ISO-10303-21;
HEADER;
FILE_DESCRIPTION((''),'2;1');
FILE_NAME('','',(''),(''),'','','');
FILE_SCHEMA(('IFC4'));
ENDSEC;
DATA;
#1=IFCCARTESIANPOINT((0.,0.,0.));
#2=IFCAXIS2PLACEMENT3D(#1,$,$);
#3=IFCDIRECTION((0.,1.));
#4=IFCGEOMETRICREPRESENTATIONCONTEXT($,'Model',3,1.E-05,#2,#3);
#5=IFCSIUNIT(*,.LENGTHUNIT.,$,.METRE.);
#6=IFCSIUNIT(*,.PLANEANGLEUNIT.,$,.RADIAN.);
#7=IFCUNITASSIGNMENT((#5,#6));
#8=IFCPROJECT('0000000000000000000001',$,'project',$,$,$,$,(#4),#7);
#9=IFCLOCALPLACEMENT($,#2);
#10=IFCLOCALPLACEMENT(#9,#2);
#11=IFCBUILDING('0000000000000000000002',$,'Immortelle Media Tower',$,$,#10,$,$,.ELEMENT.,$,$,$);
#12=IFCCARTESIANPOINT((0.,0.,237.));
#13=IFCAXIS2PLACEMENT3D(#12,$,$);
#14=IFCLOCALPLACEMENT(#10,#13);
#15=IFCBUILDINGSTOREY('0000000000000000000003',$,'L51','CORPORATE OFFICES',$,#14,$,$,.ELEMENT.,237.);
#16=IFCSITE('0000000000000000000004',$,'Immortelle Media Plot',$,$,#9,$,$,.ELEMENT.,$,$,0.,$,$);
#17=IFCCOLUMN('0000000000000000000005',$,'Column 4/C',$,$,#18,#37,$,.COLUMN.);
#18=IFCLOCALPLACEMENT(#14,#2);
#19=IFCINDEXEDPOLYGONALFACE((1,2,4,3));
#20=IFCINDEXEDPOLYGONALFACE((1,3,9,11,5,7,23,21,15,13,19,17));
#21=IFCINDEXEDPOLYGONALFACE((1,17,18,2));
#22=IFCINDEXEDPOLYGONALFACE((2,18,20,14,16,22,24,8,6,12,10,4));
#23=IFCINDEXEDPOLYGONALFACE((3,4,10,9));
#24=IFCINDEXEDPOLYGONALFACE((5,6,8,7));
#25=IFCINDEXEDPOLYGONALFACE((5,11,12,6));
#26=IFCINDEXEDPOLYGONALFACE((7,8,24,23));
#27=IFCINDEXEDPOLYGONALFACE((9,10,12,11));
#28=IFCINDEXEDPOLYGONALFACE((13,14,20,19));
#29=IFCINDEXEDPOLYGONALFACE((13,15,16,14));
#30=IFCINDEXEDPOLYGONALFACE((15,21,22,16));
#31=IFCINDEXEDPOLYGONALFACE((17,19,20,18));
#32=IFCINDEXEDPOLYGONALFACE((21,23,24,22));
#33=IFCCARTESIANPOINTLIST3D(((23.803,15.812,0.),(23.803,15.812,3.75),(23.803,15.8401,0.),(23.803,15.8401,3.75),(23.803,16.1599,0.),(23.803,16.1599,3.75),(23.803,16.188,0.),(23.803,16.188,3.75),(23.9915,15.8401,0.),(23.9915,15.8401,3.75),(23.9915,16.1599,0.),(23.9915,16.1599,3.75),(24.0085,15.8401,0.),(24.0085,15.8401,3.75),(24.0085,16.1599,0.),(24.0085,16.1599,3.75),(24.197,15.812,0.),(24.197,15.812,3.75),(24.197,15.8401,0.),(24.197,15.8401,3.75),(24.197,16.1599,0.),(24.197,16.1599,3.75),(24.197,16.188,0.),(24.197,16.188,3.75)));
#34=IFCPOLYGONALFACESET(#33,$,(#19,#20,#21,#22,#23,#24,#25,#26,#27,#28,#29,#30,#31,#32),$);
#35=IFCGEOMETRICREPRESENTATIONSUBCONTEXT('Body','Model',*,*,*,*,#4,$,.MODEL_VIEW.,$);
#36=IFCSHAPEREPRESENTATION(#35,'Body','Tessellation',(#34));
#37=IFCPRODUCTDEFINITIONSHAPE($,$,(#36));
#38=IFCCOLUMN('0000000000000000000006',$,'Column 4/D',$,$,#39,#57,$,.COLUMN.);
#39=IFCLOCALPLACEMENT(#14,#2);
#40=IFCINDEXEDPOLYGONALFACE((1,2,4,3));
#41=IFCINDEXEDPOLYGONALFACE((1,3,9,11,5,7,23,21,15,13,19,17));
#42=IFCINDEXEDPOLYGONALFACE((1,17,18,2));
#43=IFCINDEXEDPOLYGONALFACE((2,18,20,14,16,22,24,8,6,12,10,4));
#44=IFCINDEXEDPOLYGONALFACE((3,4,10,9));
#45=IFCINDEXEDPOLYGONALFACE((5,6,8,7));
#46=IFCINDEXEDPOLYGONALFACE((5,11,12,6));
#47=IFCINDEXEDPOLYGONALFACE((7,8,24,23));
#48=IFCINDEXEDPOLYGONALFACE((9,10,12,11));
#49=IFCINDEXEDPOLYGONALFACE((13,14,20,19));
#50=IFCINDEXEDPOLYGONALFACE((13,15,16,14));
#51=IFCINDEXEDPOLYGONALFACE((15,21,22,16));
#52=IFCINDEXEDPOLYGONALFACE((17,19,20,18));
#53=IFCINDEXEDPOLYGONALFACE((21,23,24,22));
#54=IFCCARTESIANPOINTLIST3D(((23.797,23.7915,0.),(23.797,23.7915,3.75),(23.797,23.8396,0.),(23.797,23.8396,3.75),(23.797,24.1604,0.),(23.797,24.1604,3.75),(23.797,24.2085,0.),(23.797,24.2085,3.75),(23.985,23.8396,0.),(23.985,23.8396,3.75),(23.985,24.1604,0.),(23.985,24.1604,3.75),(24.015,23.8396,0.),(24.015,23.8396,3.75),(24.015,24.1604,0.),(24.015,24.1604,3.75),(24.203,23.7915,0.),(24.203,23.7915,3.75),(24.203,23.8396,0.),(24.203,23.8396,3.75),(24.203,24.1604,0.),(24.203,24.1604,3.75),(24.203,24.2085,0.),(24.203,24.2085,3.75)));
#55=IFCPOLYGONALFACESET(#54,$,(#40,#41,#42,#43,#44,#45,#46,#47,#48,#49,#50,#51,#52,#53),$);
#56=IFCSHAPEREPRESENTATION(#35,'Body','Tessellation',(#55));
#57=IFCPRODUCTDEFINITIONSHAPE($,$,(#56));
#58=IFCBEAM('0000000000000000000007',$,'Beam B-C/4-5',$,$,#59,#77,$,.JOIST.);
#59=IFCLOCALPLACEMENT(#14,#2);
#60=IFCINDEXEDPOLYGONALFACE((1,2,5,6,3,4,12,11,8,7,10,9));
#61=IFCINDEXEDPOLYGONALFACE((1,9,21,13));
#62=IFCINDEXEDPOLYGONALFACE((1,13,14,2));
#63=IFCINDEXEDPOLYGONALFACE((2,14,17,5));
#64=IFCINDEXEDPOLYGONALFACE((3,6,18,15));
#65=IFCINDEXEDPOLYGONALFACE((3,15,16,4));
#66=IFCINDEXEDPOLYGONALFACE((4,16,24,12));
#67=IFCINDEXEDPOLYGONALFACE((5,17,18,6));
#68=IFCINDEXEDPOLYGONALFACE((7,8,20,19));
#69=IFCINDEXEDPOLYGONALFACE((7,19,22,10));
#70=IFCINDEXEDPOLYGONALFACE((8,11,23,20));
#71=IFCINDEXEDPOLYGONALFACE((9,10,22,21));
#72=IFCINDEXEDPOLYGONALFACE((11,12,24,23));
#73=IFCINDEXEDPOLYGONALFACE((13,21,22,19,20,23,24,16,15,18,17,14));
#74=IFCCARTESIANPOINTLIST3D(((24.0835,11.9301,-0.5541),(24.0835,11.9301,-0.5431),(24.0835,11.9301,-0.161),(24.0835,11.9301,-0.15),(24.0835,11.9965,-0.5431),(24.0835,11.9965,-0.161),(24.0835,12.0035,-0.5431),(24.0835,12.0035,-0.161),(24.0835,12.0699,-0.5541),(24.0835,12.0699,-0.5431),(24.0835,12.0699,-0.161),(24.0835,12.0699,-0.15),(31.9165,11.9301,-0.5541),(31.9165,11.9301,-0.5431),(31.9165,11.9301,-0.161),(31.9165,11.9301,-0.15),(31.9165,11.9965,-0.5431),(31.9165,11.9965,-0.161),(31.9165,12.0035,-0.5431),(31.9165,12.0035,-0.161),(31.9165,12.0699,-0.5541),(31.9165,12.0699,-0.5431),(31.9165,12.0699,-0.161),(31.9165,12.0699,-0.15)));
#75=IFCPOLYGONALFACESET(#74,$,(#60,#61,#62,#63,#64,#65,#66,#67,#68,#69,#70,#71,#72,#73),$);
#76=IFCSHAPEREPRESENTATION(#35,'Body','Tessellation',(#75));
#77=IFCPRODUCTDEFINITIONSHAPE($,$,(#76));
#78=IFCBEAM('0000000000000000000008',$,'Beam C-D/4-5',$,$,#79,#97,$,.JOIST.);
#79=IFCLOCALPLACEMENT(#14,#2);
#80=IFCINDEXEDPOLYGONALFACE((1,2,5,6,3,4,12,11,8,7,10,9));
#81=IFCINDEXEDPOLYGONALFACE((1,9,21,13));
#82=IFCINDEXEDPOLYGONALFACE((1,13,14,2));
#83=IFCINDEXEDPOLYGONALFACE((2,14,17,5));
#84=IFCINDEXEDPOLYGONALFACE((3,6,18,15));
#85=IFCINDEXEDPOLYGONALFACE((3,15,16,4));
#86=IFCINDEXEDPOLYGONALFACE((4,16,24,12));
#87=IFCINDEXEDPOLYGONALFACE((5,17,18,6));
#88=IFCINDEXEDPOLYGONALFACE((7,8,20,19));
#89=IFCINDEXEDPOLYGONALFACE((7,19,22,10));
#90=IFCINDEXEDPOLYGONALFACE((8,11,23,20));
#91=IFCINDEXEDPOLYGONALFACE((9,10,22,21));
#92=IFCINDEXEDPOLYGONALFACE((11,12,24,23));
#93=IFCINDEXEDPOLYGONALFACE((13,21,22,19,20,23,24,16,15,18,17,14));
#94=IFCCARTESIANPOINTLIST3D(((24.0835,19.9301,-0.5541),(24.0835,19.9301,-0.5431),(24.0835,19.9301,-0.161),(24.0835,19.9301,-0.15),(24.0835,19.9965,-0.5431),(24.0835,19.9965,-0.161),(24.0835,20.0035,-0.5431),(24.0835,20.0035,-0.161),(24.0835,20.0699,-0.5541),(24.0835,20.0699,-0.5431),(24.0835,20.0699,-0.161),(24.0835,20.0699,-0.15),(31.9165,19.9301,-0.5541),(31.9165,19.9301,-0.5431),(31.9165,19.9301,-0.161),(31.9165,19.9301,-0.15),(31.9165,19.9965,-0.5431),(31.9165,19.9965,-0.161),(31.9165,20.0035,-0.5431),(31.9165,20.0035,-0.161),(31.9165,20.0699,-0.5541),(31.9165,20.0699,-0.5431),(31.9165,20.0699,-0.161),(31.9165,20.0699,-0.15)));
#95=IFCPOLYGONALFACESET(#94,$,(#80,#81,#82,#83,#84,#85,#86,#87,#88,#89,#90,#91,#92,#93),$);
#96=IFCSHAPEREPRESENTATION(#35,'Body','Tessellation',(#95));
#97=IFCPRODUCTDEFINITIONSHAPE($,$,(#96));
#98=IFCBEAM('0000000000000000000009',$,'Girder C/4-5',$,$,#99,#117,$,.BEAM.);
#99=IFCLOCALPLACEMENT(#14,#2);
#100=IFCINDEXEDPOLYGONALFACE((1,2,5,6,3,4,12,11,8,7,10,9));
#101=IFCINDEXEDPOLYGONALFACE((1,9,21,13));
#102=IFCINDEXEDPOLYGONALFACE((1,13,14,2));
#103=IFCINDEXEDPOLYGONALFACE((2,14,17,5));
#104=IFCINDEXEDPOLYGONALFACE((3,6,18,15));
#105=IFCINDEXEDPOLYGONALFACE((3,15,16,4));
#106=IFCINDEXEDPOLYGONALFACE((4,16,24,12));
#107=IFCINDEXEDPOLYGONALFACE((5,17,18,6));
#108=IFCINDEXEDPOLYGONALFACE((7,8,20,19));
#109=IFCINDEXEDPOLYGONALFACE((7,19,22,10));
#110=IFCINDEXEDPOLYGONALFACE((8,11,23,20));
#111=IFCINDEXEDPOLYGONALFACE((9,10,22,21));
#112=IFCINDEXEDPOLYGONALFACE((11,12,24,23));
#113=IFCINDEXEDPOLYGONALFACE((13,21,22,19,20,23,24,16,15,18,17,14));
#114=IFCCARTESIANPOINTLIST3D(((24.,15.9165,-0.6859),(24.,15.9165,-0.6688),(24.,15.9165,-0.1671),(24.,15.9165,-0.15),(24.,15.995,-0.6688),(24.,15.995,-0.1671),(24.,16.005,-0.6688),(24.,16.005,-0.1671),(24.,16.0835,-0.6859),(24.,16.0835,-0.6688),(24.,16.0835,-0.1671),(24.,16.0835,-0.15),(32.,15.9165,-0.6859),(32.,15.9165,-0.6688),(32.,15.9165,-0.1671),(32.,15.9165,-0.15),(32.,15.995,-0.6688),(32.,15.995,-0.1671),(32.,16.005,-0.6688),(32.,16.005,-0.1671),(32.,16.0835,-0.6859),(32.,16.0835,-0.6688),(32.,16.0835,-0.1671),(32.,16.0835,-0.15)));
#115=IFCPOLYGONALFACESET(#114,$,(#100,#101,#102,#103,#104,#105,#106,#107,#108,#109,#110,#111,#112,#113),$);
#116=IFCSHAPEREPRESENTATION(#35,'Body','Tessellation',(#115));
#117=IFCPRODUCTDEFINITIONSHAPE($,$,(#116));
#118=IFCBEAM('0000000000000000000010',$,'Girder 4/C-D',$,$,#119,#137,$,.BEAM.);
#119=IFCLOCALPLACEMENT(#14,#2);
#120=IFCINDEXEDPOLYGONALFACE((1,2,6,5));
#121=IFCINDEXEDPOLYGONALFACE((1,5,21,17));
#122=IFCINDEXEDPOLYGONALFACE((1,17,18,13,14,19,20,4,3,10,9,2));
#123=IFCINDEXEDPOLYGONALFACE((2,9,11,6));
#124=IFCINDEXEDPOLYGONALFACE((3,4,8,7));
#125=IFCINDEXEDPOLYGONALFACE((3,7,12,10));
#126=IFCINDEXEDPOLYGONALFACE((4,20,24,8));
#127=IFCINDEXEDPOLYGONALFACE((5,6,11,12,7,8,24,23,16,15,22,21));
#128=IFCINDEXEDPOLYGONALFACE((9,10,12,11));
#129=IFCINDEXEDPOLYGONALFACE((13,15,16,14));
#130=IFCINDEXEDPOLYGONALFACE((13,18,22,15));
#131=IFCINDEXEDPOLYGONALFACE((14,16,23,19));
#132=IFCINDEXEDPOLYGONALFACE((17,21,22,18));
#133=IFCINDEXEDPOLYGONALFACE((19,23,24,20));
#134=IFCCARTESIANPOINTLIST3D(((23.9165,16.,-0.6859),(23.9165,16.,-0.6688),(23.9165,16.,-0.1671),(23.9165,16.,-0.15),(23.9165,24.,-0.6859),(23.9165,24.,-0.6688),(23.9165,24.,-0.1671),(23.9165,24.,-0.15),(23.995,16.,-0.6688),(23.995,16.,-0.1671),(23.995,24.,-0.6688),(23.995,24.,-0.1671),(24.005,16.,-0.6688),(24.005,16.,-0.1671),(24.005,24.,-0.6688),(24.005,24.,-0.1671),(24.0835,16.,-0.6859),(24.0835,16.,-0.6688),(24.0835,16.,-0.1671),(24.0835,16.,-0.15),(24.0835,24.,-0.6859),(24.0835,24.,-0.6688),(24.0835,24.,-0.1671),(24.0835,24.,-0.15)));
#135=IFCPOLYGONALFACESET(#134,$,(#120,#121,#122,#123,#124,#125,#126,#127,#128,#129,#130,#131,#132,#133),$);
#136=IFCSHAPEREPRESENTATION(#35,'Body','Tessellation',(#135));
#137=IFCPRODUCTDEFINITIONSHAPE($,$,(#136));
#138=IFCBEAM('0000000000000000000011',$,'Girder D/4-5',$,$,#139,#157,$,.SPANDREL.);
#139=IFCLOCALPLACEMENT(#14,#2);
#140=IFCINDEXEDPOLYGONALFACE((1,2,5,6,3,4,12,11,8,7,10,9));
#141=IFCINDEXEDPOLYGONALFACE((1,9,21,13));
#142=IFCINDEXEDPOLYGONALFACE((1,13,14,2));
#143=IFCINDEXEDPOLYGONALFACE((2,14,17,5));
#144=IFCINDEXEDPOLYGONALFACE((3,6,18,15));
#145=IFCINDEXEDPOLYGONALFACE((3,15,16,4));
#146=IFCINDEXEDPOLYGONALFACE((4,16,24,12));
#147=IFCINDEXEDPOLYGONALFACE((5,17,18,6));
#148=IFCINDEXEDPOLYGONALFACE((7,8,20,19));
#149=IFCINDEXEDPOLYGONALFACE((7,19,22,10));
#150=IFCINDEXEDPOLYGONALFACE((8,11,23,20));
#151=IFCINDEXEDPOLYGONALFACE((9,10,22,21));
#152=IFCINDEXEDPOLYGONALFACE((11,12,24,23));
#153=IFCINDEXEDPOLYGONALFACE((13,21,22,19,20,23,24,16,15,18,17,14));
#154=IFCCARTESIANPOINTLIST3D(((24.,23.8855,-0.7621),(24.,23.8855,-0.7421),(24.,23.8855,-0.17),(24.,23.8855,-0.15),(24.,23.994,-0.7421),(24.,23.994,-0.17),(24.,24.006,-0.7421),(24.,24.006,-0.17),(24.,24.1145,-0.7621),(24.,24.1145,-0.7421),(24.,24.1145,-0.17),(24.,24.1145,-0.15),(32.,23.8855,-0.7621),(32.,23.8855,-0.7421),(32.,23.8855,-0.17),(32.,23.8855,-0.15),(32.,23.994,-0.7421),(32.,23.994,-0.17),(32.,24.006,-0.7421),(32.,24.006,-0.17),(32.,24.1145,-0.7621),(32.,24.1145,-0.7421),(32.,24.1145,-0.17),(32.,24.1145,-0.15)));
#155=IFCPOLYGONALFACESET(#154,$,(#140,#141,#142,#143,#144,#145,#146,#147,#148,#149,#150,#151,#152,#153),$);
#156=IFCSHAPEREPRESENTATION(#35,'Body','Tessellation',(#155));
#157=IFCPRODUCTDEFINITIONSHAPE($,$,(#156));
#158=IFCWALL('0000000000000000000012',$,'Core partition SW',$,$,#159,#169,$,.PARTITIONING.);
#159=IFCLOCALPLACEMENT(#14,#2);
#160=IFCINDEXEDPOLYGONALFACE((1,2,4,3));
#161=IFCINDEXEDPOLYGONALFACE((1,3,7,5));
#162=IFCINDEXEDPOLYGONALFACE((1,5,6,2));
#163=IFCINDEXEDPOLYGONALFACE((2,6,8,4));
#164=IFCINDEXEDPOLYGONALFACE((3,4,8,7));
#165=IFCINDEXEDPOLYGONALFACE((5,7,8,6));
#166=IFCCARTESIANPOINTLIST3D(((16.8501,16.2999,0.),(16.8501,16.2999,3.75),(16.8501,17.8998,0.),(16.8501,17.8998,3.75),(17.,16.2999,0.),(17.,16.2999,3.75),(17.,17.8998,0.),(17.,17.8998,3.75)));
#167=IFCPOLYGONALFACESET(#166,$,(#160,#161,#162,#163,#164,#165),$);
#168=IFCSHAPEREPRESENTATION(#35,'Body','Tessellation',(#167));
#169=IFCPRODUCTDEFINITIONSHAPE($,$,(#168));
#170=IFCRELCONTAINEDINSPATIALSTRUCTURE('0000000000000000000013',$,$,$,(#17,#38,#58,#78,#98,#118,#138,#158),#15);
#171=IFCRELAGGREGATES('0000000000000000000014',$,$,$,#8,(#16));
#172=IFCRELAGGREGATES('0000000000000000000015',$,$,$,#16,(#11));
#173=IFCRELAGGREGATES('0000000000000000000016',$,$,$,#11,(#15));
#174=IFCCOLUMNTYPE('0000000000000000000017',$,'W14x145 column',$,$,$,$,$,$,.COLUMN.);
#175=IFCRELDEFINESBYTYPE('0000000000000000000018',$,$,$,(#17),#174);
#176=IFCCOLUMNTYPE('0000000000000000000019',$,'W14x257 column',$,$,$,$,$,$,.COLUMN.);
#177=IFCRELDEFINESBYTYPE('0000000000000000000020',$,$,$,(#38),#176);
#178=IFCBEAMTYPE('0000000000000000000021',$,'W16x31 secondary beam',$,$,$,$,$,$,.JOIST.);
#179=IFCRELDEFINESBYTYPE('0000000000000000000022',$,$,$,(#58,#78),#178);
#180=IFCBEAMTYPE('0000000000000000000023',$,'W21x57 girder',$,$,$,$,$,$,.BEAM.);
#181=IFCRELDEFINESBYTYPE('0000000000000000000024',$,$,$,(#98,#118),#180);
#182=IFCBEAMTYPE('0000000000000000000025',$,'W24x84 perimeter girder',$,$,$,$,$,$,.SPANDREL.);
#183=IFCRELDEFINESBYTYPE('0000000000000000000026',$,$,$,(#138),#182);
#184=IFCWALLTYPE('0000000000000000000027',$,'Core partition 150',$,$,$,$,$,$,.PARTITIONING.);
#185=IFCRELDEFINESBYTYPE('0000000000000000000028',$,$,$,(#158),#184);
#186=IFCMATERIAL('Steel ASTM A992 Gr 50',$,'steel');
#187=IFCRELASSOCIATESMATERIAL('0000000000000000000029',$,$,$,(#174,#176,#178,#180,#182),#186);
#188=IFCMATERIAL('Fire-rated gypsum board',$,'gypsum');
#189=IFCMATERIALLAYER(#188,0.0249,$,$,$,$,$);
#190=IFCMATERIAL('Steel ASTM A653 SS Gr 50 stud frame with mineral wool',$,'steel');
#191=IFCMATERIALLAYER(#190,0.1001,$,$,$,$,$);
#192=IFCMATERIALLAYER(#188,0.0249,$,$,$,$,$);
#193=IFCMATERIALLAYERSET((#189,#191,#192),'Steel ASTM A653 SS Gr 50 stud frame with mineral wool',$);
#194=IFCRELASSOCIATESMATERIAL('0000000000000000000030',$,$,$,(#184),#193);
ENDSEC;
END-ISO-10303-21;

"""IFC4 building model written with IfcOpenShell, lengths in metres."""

from ifc_helpers import new_model, si_unit, direction, frame, frame_2d, origin, origin_2d, place, context, subcontext, project, spatial, rectangle, i_section, extrude, material, layer, layer_set, material_profile, profile_set, type_object, element, save


model = new_model("IFC4")

# Units and contexts
model_context = context("Model", 3, precision=1e-05, world=origin(), true_north=direction((0.0, 1.0)))
body_context = subcontext(model_context, "Body", "Model", "MODEL_VIEW")
ifc_project = project(units=[si_unit("LENGTHUNIT", "METRE"), si_unit("PLANEANGLEUNIT", "RADIAN")], contexts=[model_context])

# Site, building, storey
site_placement = place(None, origin())
site = spatial("IfcSite", under=ifc_project, at=site_placement, Name="Immortelle Media Plot", CompositionType="ELEMENT", RefElevation=0.0)
building_placement = place(site_placement, origin())
building = spatial("IfcBuilding", under=site, at=building_placement, Name="Immortelle Media Tower", CompositionType="ELEMENT")
storey_placement = place(building_placement, frame((0.0, 0.0, 237.0)))
storey = spatial("IfcBuildingStorey", under=building, at=storey_placement, Name="L51", Description="CORPORATE OFFICES", CompositionType="ELEMENT", Elevation=237.0)

# Columns
ifc_material_1 = material(Name="Steel ASTM A992 Gr 50", Category="steel")
ifc_material_profile_1 = material_profile(ifc_material_1, i_section(OverallWidth=0.394, OverallDepth=0.376, WebThickness=0.0171, FlangeThickness=0.0281, at=origin_2d()), Name="W14x145")
ifc_profile_set_1 = profile_set([ifc_material_profile_1], Name="Steel ASTM A992 Gr 50")
column_type_1 = type_object("IfcColumnType", Name="W14x145 column", PredefinedType="COLUMN", material=ifc_profile_set_1)
column_1_placement = place(storey_placement, frame((24.0, 16.0, 0.0), z_axis=(0.0, 0.0, 1.0), x_axis=(1.0, 0.0, 0.0)))
element("IfcColumn", 1, at=column_1_placement, inside=storey, type_object=column_type_1, Name="Column 4/C", PredefinedType="COLUMN", context=body_context, shape_type="SweptSolid", body=[
    extrude(i_section(OverallWidth=0.394, OverallDepth=0.376, WebThickness=0.0171, FlangeThickness=0.0281, at=origin_2d()), origin(), (0.0, 0.0, 1.0), 3.75),
])
ifc_material_profile_2 = material_profile(ifc_material_1, i_section(OverallWidth=0.406, OverallDepth=0.417, WebThickness=0.03, FlangeThickness=0.0481, at=origin_2d()), Name="W14x257")
ifc_profile_set_2 = profile_set([ifc_material_profile_2], Name="Steel ASTM A992 Gr 50")
column_type_2 = type_object("IfcColumnType", Name="W14x257 column", PredefinedType="COLUMN", material=ifc_profile_set_2)
column_2_placement = place(storey_placement, frame((24.0, 24.0, 0.0), z_axis=(0.0, 0.0, 1.0), x_axis=(1.0, 0.0, 0.0)))
element("IfcColumn", 2, at=column_2_placement, inside=storey, type_object=column_type_2, Name="Column 4/D", PredefinedType="COLUMN", context=body_context, shape_type="SweptSolid", body=[
    extrude(i_section(OverallWidth=0.406, OverallDepth=0.417, WebThickness=0.03, FlangeThickness=0.0481, at=origin_2d()), origin(), (0.0, 0.0, 1.0), 3.75),
])

# Beams
ifc_material_profile_3 = material_profile(ifc_material_1, i_section(OverallWidth=0.1399, OverallDepth=0.4041, WebThickness=0.0071, FlangeThickness=0.011, at=origin_2d()), Name="W16x31")
ifc_profile_set_3 = profile_set([ifc_material_profile_3], Name="Steel ASTM A992 Gr 50")
beam_type_1 = type_object("IfcBeamType", Name="W16x31 secondary beam", PredefinedType="JOIST", material=ifc_profile_set_3)
for number, where, z_axis, x_axis, name in (
    (3, (24.0835, 12.0, -0.3521), (1.0, 0.0, 0.0), (0.0, 1.0, 0.0), "Beam B-C/4-5"),
    (4, (24.0835, 20.0, -0.3521), (1.0, 0.0, 0.0), (0.0, 1.0, 0.0), "Beam C-D/4-5"),
):
    element("IfcBeam", number, at=place(storey_placement, frame(where, z_axis=z_axis, x_axis=x_axis)), inside=storey, type_object=beam_type_1, Name=name, PredefinedType="JOIST", context=body_context, shape_type="SweptSolid", body=[
        extrude(i_section(OverallWidth=0.1399, OverallDepth=0.4041, WebThickness=0.0071, FlangeThickness=0.011, at=origin_2d()), origin(), (0.0, 0.0, 1.0), 7.833),
    ])
ifc_material_profile_4 = material_profile(ifc_material_1, i_section(OverallWidth=0.167, OverallDepth=0.5359, WebThickness=0.01, FlangeThickness=0.0171, at=origin_2d()), Name="W21x57")
ifc_profile_set_4 = profile_set([ifc_material_profile_4], Name="Steel ASTM A992 Gr 50")
beam_type_2 = type_object("IfcBeamType", Name="W21x57 girder", PredefinedType="BEAM", material=ifc_profile_set_4)
for number, where, z_axis, x_axis, name in (
    (5, (24.0, 16.0, -0.418), (1.0, 0.0, 0.0), (0.0, 1.0, 0.0), "Girder C/4-5"),
    (6, (24.0, 16.0, -0.418), (0.0, 1.0, 0.0), (-1.0, 0.0, 0.0), "Girder 4/C-D"),
):
    element("IfcBeam", number, at=place(storey_placement, frame(where, z_axis=z_axis, x_axis=x_axis)), inside=storey, type_object=beam_type_2, Name=name, PredefinedType="BEAM", context=body_context, shape_type="SweptSolid", body=[
        extrude(i_section(OverallWidth=0.167, OverallDepth=0.5359, WebThickness=0.01, FlangeThickness=0.0171, at=origin_2d()), origin(), (0.0, 0.0, 1.0), 8.0),
    ])
ifc_material_profile_5 = material_profile(ifc_material_1, i_section(OverallWidth=0.229, OverallDepth=0.6121, WebThickness=0.012, FlangeThickness=0.02, at=origin_2d()), Name="W24x84")
ifc_profile_set_5 = profile_set([ifc_material_profile_5], Name="Steel ASTM A992 Gr 50")
beam_type_3 = type_object("IfcBeamType", Name="W24x84 perimeter girder", PredefinedType="SPANDREL", material=ifc_profile_set_5)
beam_placement = place(storey_placement, frame((24.0, 24.0, -0.4561), z_axis=(1.0, 0.0, 0.0), x_axis=(0.0, 1.0, 0.0)))
element("IfcBeam", 7, at=beam_placement, inside=storey, type_object=beam_type_3, Name="Girder D/4-5", PredefinedType="SPANDREL", context=body_context, shape_type="SweptSolid", body=[
    extrude(i_section(OverallWidth=0.229, OverallDepth=0.6121, WebThickness=0.012, FlangeThickness=0.02, at=origin_2d()), origin(), (0.0, 0.0, 1.0), 8.0),
])

# Wall
ifc_material_2 = material(Name="Fire-rated gypsum board", Category="gypsum")
ifc_layer_1 = layer(ifc_material_2, 0.0249)
ifc_material_3 = material(Name="Steel ASTM A653 SS Gr 50 stud frame with mineral wool", Category="steel")
ifc_layer_2 = layer(ifc_material_3, 0.1001)
ifc_layer_3 = layer(ifc_material_2, 0.0249)
ifc_layer_set_1 = layer_set([ifc_layer_1, ifc_layer_2, ifc_layer_3], Name="Steel ASTM A653 SS Gr 50 stud frame with mineral wool")
wall_type_1 = type_object("IfcWallType", Name="Core partition 150", PredefinedType="PARTITIONING", material=ifc_layer_set_1)
wall_1_placement = place(storey_placement, frame((16.925, 16.3, 0.0), z_axis=(0.0, 0.0, 1.0), x_axis=(0.0, 1.0, 0.0)))
element("IfcWall", 8, at=wall_1_placement, inside=storey, type_object=wall_type_1, Name="Core partition SW", PredefinedType="PARTITIONING", context=body_context, shape_type="SweptSolid", body=[
    extrude(rectangle(XDim=1.5999, YDim=0.1499, at=frame_2d((0.7998, 0.0))), origin(), (0.0, 0.0, 1.0), 3.75),
])

save(model, "model.ifc")
